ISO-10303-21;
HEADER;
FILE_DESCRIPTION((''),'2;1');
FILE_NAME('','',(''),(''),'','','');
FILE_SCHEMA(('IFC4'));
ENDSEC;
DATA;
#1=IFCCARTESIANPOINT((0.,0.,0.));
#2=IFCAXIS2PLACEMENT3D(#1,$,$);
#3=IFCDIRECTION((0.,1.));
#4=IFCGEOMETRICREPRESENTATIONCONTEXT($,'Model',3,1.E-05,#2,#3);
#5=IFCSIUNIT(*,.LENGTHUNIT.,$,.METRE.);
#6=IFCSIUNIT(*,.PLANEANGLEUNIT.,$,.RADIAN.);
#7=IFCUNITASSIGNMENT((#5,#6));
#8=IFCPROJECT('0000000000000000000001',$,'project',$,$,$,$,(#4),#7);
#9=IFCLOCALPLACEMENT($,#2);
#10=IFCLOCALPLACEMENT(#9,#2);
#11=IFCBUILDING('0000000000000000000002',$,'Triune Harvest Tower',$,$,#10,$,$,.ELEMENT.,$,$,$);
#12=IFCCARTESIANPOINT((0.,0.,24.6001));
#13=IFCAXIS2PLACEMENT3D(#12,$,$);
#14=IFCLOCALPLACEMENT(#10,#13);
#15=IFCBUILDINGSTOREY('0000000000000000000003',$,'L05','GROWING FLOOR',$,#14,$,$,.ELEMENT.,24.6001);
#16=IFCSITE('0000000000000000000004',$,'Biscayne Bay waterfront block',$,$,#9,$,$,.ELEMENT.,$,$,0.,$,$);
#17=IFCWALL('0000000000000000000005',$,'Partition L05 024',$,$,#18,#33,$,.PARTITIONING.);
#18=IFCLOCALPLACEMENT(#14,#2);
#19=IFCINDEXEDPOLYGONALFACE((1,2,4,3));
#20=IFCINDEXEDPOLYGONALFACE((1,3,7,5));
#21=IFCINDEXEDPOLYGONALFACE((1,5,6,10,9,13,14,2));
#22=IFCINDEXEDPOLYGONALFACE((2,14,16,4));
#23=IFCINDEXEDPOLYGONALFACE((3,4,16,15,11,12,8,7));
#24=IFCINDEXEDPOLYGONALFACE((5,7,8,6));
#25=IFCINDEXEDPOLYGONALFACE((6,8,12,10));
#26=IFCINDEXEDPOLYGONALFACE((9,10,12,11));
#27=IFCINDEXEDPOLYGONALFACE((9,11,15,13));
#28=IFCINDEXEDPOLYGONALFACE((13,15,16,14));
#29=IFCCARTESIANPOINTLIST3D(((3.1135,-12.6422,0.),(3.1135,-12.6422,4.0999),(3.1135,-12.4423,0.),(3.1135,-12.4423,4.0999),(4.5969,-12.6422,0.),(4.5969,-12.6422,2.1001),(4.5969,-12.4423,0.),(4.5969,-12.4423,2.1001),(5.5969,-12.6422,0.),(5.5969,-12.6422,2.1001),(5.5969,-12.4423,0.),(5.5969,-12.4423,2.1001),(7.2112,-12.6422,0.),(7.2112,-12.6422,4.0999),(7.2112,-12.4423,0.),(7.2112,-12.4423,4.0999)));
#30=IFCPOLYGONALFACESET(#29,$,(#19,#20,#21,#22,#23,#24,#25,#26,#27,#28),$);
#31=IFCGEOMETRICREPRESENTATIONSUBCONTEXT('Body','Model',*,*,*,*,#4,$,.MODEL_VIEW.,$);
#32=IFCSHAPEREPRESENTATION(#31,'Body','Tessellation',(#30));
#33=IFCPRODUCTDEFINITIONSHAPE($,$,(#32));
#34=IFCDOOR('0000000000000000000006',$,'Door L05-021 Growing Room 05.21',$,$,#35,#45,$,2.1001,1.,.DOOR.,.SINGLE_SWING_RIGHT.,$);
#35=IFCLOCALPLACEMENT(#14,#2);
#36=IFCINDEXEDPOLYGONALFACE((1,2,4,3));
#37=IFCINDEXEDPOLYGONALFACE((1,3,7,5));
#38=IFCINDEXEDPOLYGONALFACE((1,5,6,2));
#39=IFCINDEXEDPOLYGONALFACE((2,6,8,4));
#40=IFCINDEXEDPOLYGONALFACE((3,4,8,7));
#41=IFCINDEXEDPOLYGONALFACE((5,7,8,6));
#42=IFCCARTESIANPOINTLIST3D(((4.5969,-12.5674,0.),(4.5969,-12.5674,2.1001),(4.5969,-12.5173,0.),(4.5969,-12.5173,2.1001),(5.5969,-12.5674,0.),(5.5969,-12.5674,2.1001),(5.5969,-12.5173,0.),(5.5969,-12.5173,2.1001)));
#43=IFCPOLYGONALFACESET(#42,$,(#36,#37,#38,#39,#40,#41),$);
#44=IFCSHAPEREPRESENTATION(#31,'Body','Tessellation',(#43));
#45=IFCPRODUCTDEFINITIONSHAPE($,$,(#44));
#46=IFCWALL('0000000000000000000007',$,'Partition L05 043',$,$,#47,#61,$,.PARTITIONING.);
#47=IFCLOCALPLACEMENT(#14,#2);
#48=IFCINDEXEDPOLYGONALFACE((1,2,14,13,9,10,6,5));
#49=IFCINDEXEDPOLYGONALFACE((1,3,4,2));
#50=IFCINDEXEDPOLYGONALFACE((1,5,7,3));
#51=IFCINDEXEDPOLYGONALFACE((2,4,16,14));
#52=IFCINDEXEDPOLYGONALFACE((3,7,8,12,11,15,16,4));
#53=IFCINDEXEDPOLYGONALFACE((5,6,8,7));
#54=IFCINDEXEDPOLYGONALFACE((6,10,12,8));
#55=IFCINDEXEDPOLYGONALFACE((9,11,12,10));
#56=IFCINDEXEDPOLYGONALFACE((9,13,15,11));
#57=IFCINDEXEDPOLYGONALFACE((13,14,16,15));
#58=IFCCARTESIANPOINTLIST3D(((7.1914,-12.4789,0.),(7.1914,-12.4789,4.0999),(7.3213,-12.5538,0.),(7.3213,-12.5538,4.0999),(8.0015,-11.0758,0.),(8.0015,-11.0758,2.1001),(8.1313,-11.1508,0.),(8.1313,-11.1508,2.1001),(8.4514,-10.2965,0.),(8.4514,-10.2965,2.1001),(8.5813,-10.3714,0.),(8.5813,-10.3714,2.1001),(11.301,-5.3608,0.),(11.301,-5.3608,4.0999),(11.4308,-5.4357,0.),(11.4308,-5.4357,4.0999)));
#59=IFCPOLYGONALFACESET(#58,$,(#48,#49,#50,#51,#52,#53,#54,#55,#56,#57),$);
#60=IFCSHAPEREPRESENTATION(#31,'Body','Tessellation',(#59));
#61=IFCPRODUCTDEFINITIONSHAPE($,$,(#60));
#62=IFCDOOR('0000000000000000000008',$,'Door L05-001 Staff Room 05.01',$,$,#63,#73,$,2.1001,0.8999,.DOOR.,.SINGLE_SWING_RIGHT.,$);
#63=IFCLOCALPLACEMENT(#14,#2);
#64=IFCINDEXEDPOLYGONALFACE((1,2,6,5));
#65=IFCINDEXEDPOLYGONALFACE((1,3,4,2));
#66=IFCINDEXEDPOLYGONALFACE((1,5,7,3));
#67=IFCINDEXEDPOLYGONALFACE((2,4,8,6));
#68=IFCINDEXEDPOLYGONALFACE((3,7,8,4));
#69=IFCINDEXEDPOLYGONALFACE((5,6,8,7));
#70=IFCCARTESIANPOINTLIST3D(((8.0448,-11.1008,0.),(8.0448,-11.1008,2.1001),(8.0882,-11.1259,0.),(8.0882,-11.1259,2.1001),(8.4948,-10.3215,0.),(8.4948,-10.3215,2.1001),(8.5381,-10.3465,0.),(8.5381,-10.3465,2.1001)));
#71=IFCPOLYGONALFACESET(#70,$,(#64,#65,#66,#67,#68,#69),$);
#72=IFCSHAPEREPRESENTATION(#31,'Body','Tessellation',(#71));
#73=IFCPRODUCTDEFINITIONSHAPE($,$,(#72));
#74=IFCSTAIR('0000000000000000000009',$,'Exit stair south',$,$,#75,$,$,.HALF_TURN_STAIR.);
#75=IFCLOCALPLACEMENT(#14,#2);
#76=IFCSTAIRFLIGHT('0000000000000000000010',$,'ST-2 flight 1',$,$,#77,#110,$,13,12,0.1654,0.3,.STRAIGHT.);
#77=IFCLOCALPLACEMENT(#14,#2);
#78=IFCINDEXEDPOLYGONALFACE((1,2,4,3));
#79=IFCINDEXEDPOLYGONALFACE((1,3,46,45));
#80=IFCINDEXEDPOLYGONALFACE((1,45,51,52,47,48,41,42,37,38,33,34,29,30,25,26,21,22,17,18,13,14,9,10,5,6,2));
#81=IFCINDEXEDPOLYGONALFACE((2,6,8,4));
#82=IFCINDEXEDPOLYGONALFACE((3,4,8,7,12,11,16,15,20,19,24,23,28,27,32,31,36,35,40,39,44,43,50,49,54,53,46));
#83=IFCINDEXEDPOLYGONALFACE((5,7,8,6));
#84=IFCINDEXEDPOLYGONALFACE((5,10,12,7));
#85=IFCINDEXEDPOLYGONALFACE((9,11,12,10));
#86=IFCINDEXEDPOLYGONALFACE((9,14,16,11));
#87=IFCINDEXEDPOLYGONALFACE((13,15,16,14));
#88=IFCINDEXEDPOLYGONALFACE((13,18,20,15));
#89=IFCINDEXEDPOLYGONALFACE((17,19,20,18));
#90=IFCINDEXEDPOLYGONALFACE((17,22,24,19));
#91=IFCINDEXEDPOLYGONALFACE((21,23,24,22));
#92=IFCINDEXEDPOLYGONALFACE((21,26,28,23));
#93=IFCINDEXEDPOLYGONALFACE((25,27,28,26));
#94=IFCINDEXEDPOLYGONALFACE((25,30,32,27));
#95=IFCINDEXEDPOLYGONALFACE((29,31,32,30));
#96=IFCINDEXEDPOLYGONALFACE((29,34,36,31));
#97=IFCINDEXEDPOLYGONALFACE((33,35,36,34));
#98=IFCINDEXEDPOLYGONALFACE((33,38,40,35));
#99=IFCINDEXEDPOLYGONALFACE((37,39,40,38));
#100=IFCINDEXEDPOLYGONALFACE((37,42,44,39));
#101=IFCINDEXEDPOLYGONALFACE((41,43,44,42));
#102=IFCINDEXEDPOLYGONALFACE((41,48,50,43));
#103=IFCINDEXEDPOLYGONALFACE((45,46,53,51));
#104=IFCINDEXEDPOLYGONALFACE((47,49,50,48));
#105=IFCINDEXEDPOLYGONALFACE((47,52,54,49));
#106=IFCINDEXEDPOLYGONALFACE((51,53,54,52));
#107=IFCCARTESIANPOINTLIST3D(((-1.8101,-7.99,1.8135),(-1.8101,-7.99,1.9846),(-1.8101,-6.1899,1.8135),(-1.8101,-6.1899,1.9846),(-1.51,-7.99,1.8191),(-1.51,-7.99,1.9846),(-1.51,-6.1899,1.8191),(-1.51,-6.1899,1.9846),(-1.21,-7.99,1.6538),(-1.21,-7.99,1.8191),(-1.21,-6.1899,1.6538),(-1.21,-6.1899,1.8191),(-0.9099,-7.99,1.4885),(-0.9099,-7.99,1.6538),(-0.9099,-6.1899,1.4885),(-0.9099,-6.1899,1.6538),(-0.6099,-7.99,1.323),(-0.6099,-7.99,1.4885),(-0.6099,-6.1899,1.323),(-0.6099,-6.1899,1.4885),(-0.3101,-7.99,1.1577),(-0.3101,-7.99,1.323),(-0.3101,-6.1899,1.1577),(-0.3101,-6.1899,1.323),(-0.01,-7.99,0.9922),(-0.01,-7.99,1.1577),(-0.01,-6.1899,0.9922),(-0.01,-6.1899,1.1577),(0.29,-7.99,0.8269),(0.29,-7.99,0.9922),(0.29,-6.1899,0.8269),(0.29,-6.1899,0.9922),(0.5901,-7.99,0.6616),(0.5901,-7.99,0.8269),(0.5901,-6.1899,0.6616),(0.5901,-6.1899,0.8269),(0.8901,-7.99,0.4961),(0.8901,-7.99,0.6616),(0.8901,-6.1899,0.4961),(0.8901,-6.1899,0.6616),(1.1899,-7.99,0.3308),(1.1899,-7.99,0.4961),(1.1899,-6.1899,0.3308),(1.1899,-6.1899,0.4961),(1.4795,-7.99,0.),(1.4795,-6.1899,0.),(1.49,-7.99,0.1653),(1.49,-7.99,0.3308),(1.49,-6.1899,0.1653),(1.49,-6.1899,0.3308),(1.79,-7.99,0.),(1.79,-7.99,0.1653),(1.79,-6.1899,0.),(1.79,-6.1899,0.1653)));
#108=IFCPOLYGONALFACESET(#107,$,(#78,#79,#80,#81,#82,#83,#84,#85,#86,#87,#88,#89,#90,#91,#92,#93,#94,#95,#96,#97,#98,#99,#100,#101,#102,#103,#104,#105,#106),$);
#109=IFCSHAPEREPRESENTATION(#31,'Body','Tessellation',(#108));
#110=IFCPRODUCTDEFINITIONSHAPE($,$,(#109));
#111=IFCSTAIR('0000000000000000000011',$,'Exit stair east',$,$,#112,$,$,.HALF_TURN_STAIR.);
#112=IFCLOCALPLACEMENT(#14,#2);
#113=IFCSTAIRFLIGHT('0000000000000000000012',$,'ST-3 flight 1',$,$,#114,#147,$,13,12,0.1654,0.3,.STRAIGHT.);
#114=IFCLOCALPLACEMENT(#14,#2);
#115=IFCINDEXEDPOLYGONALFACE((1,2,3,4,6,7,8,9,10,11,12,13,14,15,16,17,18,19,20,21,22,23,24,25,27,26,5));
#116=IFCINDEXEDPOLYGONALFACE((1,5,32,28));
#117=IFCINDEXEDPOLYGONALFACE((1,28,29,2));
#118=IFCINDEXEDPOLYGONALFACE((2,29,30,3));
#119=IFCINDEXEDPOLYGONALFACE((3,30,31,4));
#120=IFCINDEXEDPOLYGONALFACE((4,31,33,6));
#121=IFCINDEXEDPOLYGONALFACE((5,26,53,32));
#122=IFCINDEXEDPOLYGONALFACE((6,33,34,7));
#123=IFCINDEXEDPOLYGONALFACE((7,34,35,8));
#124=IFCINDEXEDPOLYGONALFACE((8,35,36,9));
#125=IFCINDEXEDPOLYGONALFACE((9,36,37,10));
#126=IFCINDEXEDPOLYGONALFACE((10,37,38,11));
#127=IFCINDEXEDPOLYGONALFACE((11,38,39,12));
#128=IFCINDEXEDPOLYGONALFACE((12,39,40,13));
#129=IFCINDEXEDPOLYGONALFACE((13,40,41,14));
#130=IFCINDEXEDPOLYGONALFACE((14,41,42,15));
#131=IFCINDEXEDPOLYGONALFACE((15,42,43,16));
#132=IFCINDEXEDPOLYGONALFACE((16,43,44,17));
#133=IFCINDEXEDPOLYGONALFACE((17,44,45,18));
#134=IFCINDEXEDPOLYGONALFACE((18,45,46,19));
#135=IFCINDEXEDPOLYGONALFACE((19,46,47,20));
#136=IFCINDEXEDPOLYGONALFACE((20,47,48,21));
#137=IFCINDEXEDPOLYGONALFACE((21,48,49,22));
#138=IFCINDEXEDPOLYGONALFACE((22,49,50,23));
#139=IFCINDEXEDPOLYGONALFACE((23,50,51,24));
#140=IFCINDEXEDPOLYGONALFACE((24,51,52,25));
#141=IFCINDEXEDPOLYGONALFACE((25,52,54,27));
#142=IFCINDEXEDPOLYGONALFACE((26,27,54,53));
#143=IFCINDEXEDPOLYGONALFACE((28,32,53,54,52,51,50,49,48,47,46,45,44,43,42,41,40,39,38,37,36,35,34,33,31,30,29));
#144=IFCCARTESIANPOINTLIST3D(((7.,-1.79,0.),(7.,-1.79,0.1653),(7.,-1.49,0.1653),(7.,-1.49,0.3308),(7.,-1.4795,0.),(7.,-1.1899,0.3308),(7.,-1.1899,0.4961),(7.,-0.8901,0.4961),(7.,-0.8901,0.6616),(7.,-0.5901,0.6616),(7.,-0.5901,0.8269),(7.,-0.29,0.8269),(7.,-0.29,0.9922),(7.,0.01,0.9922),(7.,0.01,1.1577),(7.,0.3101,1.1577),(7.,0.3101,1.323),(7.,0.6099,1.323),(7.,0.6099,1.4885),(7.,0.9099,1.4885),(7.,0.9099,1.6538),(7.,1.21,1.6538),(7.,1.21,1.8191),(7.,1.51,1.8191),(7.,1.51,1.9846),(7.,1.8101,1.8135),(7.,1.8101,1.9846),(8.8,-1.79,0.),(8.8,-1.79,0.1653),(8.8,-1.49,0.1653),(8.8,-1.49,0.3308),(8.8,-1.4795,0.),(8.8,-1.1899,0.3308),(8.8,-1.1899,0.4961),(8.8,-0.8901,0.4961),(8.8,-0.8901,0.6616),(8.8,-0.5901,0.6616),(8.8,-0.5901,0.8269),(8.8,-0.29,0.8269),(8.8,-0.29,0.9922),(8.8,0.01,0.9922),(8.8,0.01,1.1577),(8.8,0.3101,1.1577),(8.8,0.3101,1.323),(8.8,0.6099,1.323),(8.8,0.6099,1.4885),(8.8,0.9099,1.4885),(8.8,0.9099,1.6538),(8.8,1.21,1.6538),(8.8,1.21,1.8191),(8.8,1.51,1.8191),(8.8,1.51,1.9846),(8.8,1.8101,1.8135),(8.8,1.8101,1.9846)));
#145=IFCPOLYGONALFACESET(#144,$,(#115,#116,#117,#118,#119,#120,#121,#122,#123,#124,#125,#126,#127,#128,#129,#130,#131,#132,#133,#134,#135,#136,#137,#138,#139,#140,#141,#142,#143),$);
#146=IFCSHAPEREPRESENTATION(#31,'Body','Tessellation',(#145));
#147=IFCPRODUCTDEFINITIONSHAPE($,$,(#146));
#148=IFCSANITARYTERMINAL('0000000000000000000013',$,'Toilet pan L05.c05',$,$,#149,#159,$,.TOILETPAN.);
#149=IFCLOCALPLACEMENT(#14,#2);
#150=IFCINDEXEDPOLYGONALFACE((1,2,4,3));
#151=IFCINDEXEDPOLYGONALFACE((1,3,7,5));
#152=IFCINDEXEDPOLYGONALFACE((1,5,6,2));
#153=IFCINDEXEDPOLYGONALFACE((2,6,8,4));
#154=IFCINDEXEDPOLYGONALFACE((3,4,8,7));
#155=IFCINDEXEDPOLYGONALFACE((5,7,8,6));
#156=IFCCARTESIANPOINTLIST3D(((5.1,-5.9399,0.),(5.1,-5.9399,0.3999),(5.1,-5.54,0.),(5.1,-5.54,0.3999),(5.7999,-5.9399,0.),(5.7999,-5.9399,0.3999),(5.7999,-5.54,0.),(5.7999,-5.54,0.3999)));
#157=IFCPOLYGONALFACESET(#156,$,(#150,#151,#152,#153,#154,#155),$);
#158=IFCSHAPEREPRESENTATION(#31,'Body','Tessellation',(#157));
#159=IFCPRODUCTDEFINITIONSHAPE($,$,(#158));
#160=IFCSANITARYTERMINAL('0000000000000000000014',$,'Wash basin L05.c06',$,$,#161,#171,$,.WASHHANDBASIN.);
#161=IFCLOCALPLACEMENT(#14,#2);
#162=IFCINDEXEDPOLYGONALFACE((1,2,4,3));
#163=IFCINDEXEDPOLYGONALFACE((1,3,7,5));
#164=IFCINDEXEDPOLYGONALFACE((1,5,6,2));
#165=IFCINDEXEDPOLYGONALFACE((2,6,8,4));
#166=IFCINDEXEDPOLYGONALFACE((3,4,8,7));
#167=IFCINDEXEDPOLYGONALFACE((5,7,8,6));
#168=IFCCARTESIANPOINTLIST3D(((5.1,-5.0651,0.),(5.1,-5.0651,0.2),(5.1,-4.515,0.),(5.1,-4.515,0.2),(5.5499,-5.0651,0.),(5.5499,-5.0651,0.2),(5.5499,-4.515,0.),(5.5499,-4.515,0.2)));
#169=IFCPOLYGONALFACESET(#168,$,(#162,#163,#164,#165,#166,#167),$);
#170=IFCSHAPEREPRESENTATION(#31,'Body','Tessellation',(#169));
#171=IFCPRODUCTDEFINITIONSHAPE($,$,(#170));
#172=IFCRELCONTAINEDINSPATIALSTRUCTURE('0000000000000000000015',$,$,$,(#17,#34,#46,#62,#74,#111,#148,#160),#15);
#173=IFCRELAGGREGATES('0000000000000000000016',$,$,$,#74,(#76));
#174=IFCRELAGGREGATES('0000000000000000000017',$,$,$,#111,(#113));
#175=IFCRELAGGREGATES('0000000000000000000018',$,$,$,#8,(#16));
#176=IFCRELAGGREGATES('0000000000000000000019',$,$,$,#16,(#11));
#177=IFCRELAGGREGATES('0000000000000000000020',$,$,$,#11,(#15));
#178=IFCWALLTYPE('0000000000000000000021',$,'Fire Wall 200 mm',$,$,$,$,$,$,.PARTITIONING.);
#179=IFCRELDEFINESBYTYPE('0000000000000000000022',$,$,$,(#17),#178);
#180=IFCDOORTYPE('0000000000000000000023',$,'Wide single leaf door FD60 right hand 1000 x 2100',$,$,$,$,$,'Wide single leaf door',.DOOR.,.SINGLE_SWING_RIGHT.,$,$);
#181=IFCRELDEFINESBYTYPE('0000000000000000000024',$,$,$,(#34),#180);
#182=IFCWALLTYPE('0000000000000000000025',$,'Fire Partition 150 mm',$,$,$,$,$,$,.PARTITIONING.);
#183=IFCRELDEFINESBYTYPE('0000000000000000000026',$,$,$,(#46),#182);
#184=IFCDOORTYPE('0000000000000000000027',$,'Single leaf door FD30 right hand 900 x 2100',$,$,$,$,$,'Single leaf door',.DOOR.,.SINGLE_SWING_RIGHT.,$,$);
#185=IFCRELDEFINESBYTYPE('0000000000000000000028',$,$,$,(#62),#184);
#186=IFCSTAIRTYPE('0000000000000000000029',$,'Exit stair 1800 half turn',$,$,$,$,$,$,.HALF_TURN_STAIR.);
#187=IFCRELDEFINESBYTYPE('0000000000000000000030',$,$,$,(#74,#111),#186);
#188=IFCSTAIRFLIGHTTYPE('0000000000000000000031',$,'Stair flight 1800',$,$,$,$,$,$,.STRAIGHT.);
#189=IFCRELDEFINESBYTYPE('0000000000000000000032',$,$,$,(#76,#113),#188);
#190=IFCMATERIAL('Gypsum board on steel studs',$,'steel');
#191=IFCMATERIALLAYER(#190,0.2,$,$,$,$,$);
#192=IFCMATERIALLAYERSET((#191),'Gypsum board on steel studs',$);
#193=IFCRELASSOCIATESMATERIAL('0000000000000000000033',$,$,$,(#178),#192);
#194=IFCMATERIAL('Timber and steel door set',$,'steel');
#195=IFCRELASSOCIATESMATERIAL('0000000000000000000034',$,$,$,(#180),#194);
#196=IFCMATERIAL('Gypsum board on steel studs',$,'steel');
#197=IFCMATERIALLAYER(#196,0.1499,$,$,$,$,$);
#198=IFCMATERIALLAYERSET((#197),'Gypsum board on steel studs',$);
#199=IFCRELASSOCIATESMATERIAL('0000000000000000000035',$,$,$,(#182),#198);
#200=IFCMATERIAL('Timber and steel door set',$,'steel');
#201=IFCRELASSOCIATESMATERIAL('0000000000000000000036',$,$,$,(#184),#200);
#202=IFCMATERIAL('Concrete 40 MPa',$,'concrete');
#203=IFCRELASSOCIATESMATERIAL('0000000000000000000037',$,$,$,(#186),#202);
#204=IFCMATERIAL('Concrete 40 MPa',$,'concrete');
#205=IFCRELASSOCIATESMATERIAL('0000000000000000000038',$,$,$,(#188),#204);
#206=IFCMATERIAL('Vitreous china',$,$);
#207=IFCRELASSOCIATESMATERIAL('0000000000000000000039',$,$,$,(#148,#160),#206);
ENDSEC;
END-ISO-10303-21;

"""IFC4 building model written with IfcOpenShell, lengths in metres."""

from ifc_helpers import new_model, si_unit, direction, frame, frame_2d, origin, origin_2d, place, context, subcontext, project, spatial, polyline, rectangle, outline, extrude, source, transform, mapped, material, layer, layer_set, type_object, element, fill, aggregate, save


model = new_model("IFC4")

# Units and contexts
model_context = context("Model", 3, precision=1e-05, world=origin(), true_north=direction((0.0, 1.0)))
body_context = subcontext(model_context, "Body", "Model", "MODEL_VIEW")
ifc_project = project(units=[si_unit("LENGTHUNIT", "METRE"), si_unit("PLANEANGLEUNIT", "RADIAN")], contexts=[model_context])

# Site, building, storey
site_placement = place(None, origin())
site = spatial("IfcSite", under=ifc_project, at=site_placement, Name="Biscayne Bay waterfront block", CompositionType="ELEMENT", RefElevation=0.0)
building_placement = place(site_placement, origin())
building = spatial("IfcBuilding", under=site, at=building_placement, Name="Triune Harvest Tower", CompositionType="ELEMENT")
storey_placement = place(building_placement, frame((0.0, 0.0, 24.6001)))
storey = spatial("IfcBuildingStorey", under=building, at=storey_placement, Name="L05", Description="GROWING FLOOR", CompositionType="ELEMENT", Elevation=24.6001)

# Walls, openings, doors
ifc_material_1 = material(Name="Gypsum board on steel studs", Category="steel")
ifc_layer_1 = layer(ifc_material_1, 0.2)
ifc_layer_set_1 = layer_set([ifc_layer_1], Name="Gypsum board on steel studs")
wall_type_1 = type_object("IfcWallType", Name="Fire Wall 200 mm", PredefinedType="PARTITIONING", material=ifc_layer_set_1)
shared_shape_1 = source(origin(), body_context, "Body", "SweptSolid", [
    extrude(rectangle(XDim=4.0977, YDim=0.2, at=frame_2d((2.0488, 0.0))), origin(), (0.0, 0.0, 1.0), 4.0999),
])
wall_1_placement = place(storey_placement, frame((3.1135, -12.5422, 0.0), z_axis=(0.0, 0.0, 1.0), x_axis=(1.0, 0.0, 0.0)))
wall_1 = element("IfcWall", 1, at=wall_1_placement, inside=storey, type_object=wall_type_1, Name="Partition L05 024", PredefinedType="PARTITIONING", context=body_context, shape_type="MappedRepresentation", body=[
    mapped(shared_shape_1, transform((0.0, 0.0, 0.0), scale=1.0)),
])
opening_1_placement = place(wall_1_placement, frame((1.4834, 0.0, 0.0)))
opening_1 = element("IfcOpeningElement", 2, at=opening_1_placement, cuts=wall_1, PredefinedType="OPENING", context=body_context, shape_type="SweptSolid", body=[
    extrude(rectangle(XDim=1.0, YDim=2.1001, at=frame_2d((0.5, 1.05))), frame((0.0, 0.1099, 0.0), z_axis=(0.0, -1.0, 0.0), x_axis=(1.0, 0.0, 0.0)), (0.0, 0.0, 1.0), 0.22),
])
ifc_material_2 = material(Name="Timber and steel door set", Category="steel")
door_type_1 = type_object("IfcDoorType", Name="Wide single leaf door FD60 right hand 1000 x 2100", ElementType="Wide single leaf door", OperationType="SINGLE_SWING_RIGHT", PredefinedType="DOOR", material=ifc_material_2)
door_1_placement = place(opening_1_placement, origin())
door_1 = element("IfcDoor", 3, at=door_1_placement, inside=storey, type_object=door_type_1, Name="Door L05-021 Growing Room 05.21", OperationType="SINGLE_SWING_RIGHT", OverallHeight=2.1001, OverallWidth=1.0, PredefinedType="DOOR", context=body_context, shape_type="SweptSolid", body=[
    extrude(rectangle(XDim=1.0, YDim=2.1001, at=frame_2d((0.5, 1.05))), frame((0.0, 0.0249, 0.0), z_axis=(0.0, -1.0, 0.0), x_axis=(1.0, 0.0, 0.0)), (0.0, 0.0, 1.0), 0.05),
])
fill(opening_1, door_1)
ifc_material_3 = material(Name="Gypsum board on steel studs", Category="steel")
ifc_layer_2 = layer(ifc_material_3, 0.1499)
ifc_layer_set_2 = layer_set([ifc_layer_2], Name="Gypsum board on steel studs")
wall_type_2 = type_object("IfcWallType", Name="Fire Partition 150 mm", PredefinedType="PARTITIONING", material=ifc_layer_set_2)
shared_shape_2 = source(origin(), body_context, "Body", "SweptSolid", [
    extrude(rectangle(XDim=8.2192, YDim=0.1499, at=frame_2d((4.1096, 0.0))), origin(), (0.0, 0.0, 1.0), 4.0999),
])
wall_2_placement = place(storey_placement, frame((7.2563, -12.5164, 0.0), z_axis=(0.0, 0.0, 1.0), x_axis=(0.499995, 0.866028, 0.0)))
wall_2 = element("IfcWall", 4, at=wall_2_placement, inside=storey, type_object=wall_type_2, Name="Partition L05 043", PredefinedType="PARTITIONING", context=body_context, shape_type="MappedRepresentation", body=[
    mapped(shared_shape_2, transform((0.0, 0.0, 0.0), scale=1.0)),
])
opening_2_placement = place(wall_2_placement, frame((1.6201, 0.0, 0.0)))
opening_2 = element("IfcOpeningElement", 5, at=opening_2_placement, cuts=wall_2, PredefinedType="OPENING", context=body_context, shape_type="SweptSolid", body=[
    extrude(rectangle(XDim=0.8999, YDim=2.1001, at=frame_2d((0.45, 1.05))), frame((0.0, 0.085, 0.0), z_axis=(0.0, -1.0, 0.0), x_axis=(1.0, 0.0, 0.0)), (0.0, 0.0, 1.0), 0.1699),
])
ifc_material_4 = material(Name="Timber and steel door set", Category="steel")
door_type_2 = type_object("IfcDoorType", Name="Single leaf door FD30 right hand 900 x 2100", ElementType="Single leaf door", OperationType="SINGLE_SWING_RIGHT", PredefinedType="DOOR", material=ifc_material_4)
door_2_placement = place(opening_2_placement, origin())
door_2 = element("IfcDoor", 6, at=door_2_placement, inside=storey, type_object=door_type_2, Name="Door L05-001 Staff Room 05.01", OperationType="SINGLE_SWING_RIGHT", OverallHeight=2.1001, OverallWidth=0.8999, PredefinedType="DOOR", context=body_context, shape_type="SweptSolid", body=[
    extrude(rectangle(XDim=0.8999, YDim=2.1001, at=frame_2d((0.45, 1.05))), frame((0.0, 0.0249, 0.0), z_axis=(0.0, -1.0, 0.0), x_axis=(1.0, 0.0, 0.0)), (0.0, 0.0, 1.0), 0.05),
])
fill(opening_2, door_2)

# Stairs, stair flights
ifc_material_5 = material(Name="Concrete 40 MPa", Category="concrete")
stair_type = type_object("IfcStairType", Name="Exit stair 1800 half turn", PredefinedType="HALF_TURN_STAIR", material=ifc_material_5)
stair_1_placement = place(storey_placement, origin())
stair_1 = element("IfcStair", 7, at=stair_1_placement, inside=storey, type_object=stair_type, Name="Exit stair south", PredefinedType="HALF_TURN_STAIR")
ifc_material_6 = material(Name="Concrete 40 MPa", Category="concrete")
stair_flight_type = type_object("IfcStairFlightType", Name="Stair flight 1800", PredefinedType="STRAIGHT", material=ifc_material_6)
shared_shape_3 = source(origin(), body_context, "Body", "SweptSolid", [
    extrude(outline(polyline([(0.0, 0.0), (0.0, 0.1653), (0.3, 0.1653), (0.3, 0.3308), (0.6001, 0.3308), (0.6001, 0.4961), (0.8999, 0.4961), (0.8999, 0.6616), (1.2, 0.6616), (1.2, 0.8269), (1.5, 0.8269), (1.5, 0.9922), (1.8, 0.9922), (1.8, 1.1577), (2.1001, 1.1577), (2.1001, 1.323), (2.3999, 1.323), (2.3999, 1.4885), (2.7, 1.4885), (2.7, 1.6538), (3.0, 1.6538), (3.0, 1.8191), (3.3, 1.8191), (3.3, 1.9846), (3.6001, 1.9846), (3.6001, 2.1499), (3.6001, 1.8135), (0.3105, 0.0), (0.0, 0.0)])), frame((0.0, 0.8999, 0.0), z_axis=(0.0, -1.0, 0.0), x_axis=(1.0, 0.0, 0.0)), (0.0, 0.0, 1.0), 1.8),
])
stair_flight_1_placement = place(storey_placement, frame((1.79, -7.0901, 0.0), z_axis=(0.0, 0.0, 1.0), x_axis=(-1.0, 0.0, 0.0)))
stair_flight_1 = element("IfcStairFlight", 8, at=stair_flight_1_placement, type_object=stair_flight_type, Name="ST-2 flight 1", NumberOfRisers=13, NumberOfTreads=12, PredefinedType="STRAIGHT", RiserHeight=0.1654, TreadLength=0.3, context=body_context, shape_type="MappedRepresentation", body=[
    mapped(shared_shape_3, transform((0.0, 0.0, 0.0), scale=1.0)),
])
aggregate(stair_1, [stair_flight_1])
stair_2_placement = place(storey_placement, origin())
stair_2 = element("IfcStair", 9, at=stair_2_placement, inside=storey, type_object=stair_type, Name="Exit stair east", PredefinedType="HALF_TURN_STAIR")
stair_flight_2_placement = place(storey_placement, frame((7.8999, -1.79, 0.0), z_axis=(0.0, 0.0, 1.0), x_axis=(0.0, 1.0, 0.0)))
stair_flight_2 = element("IfcStairFlight", 10, at=stair_flight_2_placement, type_object=stair_flight_type, Name="ST-3 flight 1", NumberOfRisers=13, NumberOfTreads=12, PredefinedType="STRAIGHT", RiserHeight=0.1654, TreadLength=0.3, context=body_context, shape_type="MappedRepresentation", body=[
    mapped(shared_shape_3, transform((0.0, 0.0, 0.0), scale=1.0)),
])
aggregate(stair_2, [stair_flight_2])

# Sanitary terminals
ifc_material_7 = material(Name="Vitreous china")
shared_shape_4 = source(origin(), body_context, "Body", "SweptSolid", [
    extrude(rectangle(XDim=0.3999, YDim=0.7, at=origin_2d()), origin(), (0.0, 0.0, 1.0), 0.3999),
])
sanitary_terminal_1_placement = place(storey_placement, frame((5.45, -5.74, 0.0), z_axis=(0.0, 0.0, 1.0), x_axis=(0.0, 1.0, 0.0)))
element("IfcSanitaryTerminal", 11, at=sanitary_terminal_1_placement, inside=storey, material=ifc_material_7, Name="Toilet pan L05.c05", PredefinedType="TOILETPAN", context=body_context, shape_type="MappedRepresentation", body=[
    mapped(shared_shape_4, transform((0.0, 0.0, 0.0), scale=1.0)),
])
shared_shape_5 = source(origin(), body_context, "Body", "SweptSolid", [
    extrude(rectangle(XDim=0.55, YDim=0.45, at=origin_2d()), origin(), (0.0, 0.0, 1.0), 0.2),
])
sanitary_terminal_2_placement = place(storey_placement, frame((5.325, -4.79, 0.0), z_axis=(0.0, 0.0, 1.0), x_axis=(0.0, 1.0, 0.0)))
element("IfcSanitaryTerminal", 12, at=sanitary_terminal_2_placement, inside=storey, material=ifc_material_7, Name="Wash basin L05.c06", PredefinedType="WASHHANDBASIN", context=body_context, shape_type="MappedRepresentation", body=[
    mapped(shared_shape_5, transform((0.0, 0.0, 0.0), scale=1.0)),
])

save(model, "model.ifc")
